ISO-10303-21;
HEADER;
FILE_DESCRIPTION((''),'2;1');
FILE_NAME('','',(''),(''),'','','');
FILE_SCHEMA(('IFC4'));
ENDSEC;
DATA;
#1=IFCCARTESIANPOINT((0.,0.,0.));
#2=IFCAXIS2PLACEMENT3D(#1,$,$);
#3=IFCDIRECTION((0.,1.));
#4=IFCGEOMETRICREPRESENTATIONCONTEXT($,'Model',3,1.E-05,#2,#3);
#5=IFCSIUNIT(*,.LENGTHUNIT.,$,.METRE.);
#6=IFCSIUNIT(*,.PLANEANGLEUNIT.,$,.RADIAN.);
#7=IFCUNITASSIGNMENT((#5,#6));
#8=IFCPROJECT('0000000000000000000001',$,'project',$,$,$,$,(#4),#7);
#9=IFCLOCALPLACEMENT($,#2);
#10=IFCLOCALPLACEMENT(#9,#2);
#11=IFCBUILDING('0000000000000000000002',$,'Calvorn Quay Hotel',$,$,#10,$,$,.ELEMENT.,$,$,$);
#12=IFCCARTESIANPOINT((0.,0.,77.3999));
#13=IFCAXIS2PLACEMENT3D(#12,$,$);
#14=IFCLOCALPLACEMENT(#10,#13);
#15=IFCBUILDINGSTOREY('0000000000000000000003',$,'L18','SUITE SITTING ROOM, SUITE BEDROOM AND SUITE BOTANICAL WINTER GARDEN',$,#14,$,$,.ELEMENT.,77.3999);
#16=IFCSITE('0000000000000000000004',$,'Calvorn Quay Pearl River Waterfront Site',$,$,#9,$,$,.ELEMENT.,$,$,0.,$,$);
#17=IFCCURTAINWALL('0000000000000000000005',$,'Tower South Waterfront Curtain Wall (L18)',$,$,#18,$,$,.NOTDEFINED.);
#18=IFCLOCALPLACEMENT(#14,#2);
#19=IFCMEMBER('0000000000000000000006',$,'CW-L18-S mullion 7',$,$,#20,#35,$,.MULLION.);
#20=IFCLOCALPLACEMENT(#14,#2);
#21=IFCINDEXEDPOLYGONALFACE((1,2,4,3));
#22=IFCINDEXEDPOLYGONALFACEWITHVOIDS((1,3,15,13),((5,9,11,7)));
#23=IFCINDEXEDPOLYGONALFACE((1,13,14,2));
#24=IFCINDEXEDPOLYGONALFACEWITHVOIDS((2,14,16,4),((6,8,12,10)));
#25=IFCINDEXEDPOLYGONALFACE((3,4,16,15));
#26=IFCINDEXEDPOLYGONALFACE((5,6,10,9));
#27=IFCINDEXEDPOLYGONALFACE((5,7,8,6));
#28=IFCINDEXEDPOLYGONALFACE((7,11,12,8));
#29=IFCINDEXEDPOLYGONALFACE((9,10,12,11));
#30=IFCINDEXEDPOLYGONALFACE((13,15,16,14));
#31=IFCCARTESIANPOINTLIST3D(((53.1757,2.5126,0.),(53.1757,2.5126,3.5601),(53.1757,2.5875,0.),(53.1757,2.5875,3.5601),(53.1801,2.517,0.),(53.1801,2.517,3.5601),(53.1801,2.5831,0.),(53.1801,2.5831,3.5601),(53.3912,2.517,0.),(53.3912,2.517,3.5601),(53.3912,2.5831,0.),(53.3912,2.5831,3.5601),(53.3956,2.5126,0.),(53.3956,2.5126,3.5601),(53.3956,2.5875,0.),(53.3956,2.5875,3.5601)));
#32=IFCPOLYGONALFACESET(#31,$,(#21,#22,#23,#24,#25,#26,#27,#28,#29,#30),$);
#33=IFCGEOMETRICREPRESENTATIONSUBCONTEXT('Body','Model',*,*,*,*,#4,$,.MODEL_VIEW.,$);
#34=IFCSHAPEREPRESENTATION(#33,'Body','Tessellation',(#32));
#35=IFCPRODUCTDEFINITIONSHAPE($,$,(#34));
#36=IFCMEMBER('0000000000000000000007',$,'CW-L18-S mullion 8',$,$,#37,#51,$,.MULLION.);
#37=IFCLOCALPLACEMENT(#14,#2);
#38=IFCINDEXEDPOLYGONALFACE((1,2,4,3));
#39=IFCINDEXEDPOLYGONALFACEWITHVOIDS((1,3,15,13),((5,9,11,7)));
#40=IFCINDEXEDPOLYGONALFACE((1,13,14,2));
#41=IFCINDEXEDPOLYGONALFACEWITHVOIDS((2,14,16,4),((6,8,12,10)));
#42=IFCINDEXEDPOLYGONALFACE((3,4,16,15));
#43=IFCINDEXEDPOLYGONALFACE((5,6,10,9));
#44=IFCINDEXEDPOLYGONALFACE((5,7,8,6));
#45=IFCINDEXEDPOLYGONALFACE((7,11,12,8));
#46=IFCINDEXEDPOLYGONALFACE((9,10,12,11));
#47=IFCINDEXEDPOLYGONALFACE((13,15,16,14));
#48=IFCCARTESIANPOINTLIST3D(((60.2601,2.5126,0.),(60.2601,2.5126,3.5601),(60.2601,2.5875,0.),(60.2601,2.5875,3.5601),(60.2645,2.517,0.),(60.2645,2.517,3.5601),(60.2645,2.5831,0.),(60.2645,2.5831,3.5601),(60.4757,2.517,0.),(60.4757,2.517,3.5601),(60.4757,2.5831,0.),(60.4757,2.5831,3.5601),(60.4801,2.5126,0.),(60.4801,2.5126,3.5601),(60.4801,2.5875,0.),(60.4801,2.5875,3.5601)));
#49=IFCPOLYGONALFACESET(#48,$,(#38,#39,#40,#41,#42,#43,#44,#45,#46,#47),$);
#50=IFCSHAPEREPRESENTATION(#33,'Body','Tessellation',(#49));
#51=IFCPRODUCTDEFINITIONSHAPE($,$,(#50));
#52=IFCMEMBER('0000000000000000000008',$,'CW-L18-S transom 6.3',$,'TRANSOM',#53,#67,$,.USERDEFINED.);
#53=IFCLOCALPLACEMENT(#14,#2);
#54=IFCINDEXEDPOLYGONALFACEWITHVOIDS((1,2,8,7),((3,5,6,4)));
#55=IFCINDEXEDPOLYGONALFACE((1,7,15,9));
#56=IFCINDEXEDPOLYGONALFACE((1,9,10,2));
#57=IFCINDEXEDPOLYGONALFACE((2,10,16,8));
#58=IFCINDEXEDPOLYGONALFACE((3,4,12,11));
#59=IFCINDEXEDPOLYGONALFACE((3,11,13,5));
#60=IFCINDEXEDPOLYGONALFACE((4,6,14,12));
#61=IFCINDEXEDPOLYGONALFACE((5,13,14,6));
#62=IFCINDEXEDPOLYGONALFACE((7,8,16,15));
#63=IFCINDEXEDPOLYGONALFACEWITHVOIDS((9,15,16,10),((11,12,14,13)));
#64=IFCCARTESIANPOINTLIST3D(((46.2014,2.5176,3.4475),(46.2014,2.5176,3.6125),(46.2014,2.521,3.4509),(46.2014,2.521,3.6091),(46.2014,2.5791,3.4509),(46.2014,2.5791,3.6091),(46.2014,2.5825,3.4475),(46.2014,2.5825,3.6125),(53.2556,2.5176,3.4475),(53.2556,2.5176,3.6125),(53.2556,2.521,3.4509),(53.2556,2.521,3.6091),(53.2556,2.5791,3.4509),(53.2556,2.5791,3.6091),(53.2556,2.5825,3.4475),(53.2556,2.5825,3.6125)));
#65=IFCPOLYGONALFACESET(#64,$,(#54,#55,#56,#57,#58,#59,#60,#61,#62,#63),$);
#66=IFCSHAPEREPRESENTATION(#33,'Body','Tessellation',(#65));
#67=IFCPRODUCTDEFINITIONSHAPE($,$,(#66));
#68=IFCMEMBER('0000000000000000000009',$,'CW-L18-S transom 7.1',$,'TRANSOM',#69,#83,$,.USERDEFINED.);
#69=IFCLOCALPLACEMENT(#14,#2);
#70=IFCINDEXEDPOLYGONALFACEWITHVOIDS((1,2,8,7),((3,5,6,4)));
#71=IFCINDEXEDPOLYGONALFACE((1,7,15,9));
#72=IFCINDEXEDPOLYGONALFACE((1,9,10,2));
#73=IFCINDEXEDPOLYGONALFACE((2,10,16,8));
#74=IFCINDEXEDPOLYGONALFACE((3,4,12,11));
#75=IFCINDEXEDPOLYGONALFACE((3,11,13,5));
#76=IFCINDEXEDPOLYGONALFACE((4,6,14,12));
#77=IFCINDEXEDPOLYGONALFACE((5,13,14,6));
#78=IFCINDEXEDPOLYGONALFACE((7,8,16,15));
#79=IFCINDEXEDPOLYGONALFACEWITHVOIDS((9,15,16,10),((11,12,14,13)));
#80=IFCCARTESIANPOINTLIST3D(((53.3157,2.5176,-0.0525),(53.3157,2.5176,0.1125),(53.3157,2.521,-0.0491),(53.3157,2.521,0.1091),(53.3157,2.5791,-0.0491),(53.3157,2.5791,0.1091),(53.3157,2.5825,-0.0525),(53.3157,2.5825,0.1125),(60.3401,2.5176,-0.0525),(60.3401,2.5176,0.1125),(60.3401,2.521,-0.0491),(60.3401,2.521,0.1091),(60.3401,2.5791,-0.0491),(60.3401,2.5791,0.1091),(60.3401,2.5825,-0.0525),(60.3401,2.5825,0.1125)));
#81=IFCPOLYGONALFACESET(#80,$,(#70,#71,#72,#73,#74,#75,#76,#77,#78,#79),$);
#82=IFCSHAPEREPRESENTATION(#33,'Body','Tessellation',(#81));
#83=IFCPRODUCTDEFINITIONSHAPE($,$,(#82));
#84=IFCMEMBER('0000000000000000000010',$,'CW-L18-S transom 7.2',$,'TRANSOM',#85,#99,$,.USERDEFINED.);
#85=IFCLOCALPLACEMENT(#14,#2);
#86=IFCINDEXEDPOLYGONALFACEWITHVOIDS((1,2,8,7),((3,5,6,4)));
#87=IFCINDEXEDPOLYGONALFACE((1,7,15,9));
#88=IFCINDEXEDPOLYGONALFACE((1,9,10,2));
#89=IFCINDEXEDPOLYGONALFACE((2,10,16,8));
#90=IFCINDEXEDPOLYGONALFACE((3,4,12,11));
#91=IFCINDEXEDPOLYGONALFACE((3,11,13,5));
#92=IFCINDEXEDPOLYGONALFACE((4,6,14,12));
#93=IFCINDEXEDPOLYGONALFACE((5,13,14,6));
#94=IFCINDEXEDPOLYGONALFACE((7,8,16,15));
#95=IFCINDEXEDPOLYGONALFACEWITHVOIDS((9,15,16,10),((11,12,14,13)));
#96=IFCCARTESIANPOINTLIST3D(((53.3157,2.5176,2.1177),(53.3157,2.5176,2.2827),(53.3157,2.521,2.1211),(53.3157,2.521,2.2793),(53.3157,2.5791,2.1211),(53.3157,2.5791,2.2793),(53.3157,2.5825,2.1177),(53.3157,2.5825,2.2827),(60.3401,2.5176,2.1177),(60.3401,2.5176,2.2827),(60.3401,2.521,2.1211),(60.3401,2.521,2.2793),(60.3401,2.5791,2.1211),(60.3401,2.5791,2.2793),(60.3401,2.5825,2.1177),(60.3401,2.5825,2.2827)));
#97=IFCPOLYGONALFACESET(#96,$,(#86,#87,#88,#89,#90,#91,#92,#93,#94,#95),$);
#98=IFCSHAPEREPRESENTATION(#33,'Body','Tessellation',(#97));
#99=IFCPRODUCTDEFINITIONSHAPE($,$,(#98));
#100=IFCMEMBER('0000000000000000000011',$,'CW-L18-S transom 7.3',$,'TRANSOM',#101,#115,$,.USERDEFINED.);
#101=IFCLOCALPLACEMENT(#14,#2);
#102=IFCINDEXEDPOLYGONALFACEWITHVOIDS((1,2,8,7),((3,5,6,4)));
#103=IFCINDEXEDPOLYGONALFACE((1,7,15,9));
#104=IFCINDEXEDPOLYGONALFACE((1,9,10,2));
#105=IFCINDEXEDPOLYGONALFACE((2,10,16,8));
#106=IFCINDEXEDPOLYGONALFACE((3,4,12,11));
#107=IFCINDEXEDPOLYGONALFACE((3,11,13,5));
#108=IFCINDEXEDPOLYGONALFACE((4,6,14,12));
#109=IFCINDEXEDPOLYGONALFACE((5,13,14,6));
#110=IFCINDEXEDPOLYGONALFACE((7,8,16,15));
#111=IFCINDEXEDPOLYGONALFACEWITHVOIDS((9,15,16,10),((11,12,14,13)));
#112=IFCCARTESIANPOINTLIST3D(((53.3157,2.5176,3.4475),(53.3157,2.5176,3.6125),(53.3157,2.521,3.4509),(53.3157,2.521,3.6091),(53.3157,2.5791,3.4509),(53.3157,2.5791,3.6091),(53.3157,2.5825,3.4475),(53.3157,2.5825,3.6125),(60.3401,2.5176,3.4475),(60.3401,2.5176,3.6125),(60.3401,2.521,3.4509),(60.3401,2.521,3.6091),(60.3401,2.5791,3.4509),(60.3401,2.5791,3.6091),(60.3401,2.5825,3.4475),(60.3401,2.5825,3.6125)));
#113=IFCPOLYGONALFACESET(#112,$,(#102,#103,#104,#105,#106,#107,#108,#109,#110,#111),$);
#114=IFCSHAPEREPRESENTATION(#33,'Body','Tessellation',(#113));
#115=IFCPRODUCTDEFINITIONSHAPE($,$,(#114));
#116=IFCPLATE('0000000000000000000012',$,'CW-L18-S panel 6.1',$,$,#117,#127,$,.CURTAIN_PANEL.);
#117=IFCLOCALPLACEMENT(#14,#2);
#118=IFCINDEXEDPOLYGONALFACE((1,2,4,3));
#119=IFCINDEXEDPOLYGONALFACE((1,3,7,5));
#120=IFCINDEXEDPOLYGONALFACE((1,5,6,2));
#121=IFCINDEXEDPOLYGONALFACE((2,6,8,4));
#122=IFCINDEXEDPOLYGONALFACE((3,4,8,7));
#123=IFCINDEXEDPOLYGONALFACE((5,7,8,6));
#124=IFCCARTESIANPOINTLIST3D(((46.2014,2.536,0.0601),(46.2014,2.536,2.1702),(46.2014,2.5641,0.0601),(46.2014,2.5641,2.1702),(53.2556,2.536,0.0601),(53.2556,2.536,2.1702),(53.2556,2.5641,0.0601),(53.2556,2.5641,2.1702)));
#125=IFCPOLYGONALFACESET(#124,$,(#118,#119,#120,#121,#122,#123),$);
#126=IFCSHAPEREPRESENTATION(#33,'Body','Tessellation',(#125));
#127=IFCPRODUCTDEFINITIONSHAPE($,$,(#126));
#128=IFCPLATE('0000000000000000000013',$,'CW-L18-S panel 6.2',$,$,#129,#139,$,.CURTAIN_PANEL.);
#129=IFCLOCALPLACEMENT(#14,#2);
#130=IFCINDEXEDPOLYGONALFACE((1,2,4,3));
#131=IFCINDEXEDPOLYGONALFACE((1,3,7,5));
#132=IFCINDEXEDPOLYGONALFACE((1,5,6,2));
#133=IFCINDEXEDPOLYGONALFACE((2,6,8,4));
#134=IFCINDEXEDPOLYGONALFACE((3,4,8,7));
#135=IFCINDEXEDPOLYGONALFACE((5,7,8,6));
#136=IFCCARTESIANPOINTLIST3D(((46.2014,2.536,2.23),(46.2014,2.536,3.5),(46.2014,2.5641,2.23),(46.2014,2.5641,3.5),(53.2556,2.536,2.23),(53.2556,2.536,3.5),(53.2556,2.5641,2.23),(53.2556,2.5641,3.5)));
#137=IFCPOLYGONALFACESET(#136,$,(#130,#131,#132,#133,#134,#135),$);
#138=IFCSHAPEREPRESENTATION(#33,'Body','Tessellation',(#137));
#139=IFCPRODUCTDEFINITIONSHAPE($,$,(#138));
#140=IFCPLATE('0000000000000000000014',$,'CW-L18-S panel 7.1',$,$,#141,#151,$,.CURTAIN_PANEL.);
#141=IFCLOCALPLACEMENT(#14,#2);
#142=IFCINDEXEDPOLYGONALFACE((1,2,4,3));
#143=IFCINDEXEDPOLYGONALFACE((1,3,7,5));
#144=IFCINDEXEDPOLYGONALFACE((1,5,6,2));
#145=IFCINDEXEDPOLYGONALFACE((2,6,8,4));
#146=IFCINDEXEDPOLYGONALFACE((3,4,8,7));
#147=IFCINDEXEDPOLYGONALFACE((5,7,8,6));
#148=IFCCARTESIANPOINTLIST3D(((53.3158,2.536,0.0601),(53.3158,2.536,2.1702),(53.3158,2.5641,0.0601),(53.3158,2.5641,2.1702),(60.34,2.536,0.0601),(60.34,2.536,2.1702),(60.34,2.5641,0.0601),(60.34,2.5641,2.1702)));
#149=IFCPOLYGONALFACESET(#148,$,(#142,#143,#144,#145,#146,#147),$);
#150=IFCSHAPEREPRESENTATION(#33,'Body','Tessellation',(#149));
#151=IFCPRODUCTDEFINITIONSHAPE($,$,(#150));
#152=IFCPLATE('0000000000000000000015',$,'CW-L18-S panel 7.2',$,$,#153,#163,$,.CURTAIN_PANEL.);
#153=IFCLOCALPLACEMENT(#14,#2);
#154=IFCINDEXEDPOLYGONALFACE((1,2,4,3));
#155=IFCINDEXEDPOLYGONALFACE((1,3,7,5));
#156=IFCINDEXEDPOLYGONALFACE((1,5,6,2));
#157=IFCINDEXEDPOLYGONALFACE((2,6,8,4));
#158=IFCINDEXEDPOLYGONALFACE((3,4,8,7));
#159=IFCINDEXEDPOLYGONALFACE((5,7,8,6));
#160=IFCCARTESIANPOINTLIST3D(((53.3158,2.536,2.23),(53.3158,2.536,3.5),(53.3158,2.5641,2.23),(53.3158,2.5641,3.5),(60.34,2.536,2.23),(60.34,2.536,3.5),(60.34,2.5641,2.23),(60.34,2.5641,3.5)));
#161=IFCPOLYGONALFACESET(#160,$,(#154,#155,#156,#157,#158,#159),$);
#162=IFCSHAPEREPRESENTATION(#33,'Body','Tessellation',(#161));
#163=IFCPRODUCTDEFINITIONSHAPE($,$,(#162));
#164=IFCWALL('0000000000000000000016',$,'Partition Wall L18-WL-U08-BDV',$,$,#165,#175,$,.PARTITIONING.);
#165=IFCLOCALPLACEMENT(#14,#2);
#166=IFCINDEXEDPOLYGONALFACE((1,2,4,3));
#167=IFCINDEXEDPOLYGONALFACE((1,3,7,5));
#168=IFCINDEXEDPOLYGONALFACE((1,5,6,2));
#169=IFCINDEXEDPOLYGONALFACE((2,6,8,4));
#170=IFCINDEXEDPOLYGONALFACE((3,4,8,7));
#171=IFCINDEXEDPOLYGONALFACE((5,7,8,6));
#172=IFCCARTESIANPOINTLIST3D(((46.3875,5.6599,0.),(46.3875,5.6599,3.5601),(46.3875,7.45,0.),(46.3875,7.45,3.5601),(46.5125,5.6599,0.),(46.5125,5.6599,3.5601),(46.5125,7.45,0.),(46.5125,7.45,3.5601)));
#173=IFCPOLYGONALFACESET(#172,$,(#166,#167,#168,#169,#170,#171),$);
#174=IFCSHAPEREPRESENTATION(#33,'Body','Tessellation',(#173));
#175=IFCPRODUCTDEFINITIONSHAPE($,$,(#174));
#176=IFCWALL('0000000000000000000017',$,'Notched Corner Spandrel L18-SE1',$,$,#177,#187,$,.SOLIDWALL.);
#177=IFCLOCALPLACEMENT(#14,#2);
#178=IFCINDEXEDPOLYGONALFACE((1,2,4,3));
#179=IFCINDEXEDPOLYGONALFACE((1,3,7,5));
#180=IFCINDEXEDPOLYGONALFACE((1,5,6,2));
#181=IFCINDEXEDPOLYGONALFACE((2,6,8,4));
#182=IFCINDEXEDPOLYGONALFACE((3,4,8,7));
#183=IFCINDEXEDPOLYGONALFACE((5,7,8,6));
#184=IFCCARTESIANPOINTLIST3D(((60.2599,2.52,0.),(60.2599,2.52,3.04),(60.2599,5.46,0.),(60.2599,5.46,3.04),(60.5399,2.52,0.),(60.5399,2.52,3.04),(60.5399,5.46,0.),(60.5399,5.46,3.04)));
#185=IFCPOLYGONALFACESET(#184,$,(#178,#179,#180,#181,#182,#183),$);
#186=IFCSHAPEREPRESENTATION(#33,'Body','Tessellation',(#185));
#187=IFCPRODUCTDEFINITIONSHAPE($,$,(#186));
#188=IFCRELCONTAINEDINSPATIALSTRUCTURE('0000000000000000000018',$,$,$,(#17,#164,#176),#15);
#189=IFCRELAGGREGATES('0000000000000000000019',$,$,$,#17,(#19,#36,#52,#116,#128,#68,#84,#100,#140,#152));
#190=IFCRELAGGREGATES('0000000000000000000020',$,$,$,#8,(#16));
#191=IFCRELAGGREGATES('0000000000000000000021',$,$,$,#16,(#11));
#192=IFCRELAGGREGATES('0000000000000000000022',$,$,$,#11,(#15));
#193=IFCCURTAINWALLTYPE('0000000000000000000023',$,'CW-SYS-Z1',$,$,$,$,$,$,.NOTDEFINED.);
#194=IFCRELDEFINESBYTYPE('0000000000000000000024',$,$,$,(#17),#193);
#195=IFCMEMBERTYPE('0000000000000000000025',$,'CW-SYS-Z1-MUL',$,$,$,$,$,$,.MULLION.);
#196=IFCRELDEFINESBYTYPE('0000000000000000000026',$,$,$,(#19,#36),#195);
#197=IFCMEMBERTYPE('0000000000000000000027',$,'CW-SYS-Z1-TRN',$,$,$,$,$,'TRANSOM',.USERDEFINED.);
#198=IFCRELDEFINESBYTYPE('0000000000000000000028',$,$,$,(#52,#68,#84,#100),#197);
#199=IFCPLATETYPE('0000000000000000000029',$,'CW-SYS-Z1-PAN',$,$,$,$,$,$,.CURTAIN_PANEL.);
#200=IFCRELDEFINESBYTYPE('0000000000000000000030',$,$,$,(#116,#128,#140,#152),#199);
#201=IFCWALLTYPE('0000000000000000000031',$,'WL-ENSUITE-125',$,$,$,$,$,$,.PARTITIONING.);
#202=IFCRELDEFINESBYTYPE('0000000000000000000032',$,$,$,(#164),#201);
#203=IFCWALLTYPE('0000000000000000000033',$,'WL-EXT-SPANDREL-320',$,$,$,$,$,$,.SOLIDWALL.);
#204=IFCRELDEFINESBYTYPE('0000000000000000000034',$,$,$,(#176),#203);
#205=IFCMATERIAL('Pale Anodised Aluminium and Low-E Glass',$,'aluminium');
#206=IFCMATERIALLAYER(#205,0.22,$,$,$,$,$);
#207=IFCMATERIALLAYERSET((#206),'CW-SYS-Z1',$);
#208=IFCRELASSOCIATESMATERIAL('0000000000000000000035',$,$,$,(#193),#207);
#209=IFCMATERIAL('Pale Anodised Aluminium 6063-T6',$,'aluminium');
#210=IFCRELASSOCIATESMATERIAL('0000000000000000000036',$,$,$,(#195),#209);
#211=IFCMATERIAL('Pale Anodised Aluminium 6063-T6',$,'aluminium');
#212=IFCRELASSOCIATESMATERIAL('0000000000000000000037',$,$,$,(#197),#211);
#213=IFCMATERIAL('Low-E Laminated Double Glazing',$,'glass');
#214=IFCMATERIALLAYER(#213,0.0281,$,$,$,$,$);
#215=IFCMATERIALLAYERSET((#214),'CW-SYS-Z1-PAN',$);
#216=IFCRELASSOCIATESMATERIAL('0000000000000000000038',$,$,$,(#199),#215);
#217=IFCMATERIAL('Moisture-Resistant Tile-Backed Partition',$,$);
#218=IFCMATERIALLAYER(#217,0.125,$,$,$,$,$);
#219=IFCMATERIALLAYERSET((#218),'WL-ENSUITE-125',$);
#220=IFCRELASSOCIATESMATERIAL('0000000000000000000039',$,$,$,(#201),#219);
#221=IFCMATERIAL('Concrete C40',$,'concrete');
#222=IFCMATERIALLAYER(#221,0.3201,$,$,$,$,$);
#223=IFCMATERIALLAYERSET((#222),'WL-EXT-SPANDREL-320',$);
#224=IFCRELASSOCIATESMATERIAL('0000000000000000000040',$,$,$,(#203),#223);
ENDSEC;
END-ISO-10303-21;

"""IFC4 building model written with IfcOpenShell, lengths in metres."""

from ifc_helpers import new_model, si_unit, direction, frame, frame_2d, origin, origin_2d, place, context, subcontext, project, spatial, rectangle, hollow_rectangle, extrude, material, layer, layer_set, material_profile, profile_set, type_object, element, aggregate, save


model = new_model("IFC4")

# Units and contexts
model_context = context("Model", 3, precision=1e-05, world=origin(), true_north=direction((0.0, 1.0)))
body_context = subcontext(model_context, "Body", "Model", "MODEL_VIEW")
ifc_project = project(units=[si_unit("LENGTHUNIT", "METRE"), si_unit("PLANEANGLEUNIT", "RADIAN")], contexts=[model_context])

# Site, building, storey
site_placement = place(None, origin())
site = spatial("IfcSite", under=ifc_project, at=site_placement, Name="Calvorn Quay Pearl River Waterfront Site", CompositionType="ELEMENT", RefElevation=0.0)
building_placement = place(site_placement, origin())
building = spatial("IfcBuilding", under=site, at=building_placement, Name="Calvorn Quay Hotel", CompositionType="ELEMENT")
storey_placement = place(building_placement, frame((0.0, 0.0, 77.3999)))
storey = spatial("IfcBuildingStorey", under=building, at=storey_placement, Name="L18", Description="SUITE SITTING ROOM, SUITE BEDROOM AND SUITE BOTANICAL WINTER GARDEN", CompositionType="ELEMENT", Elevation=77.3999)

# Curtain wall, members, plates
ifc_material_1 = material(Name="Pale Anodised Aluminium and Low-E Glass", Category="aluminium")
ifc_layer_1 = layer(ifc_material_1, 0.22)
ifc_layer_set_1 = layer_set([ifc_layer_1], Name="CW-SYS-Z1")
curtain_wall_type = type_object("IfcCurtainWallType", Name="CW-SYS-Z1", PredefinedType="NOTDEFINED", material=ifc_layer_set_1)
curtain_wall_placement = place(storey_placement, origin())
curtain_wall = element("IfcCurtainWall", 1, at=curtain_wall_placement, inside=storey, type_object=curtain_wall_type, Name="Tower South Waterfront Curtain Wall (L18)", PredefinedType="NOTDEFINED")
ifc_material_2 = material(Name="Pale Anodised Aluminium 6063-T6", Category="aluminium")
ifc_material_profile_1 = material_profile(ifc_material_2, hollow_rectangle(XDim=0.075, YDim=0.22, WallThickness=0.0044, at=origin_2d()), Name="ALU-M220x75x4.5")
ifc_profile_set_1 = profile_set([ifc_material_profile_1], Name="Pale Anodised Aluminium 6063-T6")
member_type_1 = type_object("IfcMemberType", Name="CW-SYS-Z1-MUL", PredefinedType="MULLION", material=ifc_profile_set_1)
member_1_placement = place(storey_placement, frame((53.2856, 2.55, 0.0), z_axis=(0.0, 0.0, 1.0), x_axis=(0.0, 1.0, 0.0)))
member_1 = element("IfcMember", 2, at=member_1_placement, type_object=member_type_1, Name="CW-L18-S mullion 7", PredefinedType="MULLION", context=body_context, shape_type="SweptSolid", body=[
    extrude(hollow_rectangle(XDim=0.075, YDim=0.22, WallThickness=0.0044, at=origin_2d()), origin(), (0.0, 0.0, 1.0), 3.5601),
])
member_2_placement = place(storey_placement, frame((60.3701, 2.55, 0.0), z_axis=(0.0, 0.0, 1.0), x_axis=(0.0, 1.0, 0.0)))
member_2 = element("IfcMember", 3, at=member_2_placement, type_object=member_type_1, Name="CW-L18-S mullion 8", PredefinedType="MULLION", context=body_context, shape_type="SweptSolid", body=[
    extrude(hollow_rectangle(XDim=0.075, YDim=0.22, WallThickness=0.0044, at=origin_2d()), origin(), (0.0, 0.0, 1.0), 3.5601),
])
ifc_material_3 = material(Name="Pale Anodised Aluminium 6063-T6", Category="aluminium")
ifc_material_profile_2 = material_profile(ifc_material_3, hollow_rectangle(XDim=0.0649, YDim=0.165, WallThickness=0.0034, at=origin_2d()), Name="ALU-T165x65x3.5")
ifc_profile_set_2 = profile_set([ifc_material_profile_2], Name="Pale Anodised Aluminium 6063-T6")
member_type_2 = type_object("IfcMemberType", Name="CW-SYS-Z1-TRN", ElementType="TRANSOM", PredefinedType="USERDEFINED", material=ifc_profile_set_2)
member_3_placement = place(storey_placement, frame((46.2014, 2.55, 3.53), z_axis=(1.0, 0.0, 0.0), x_axis=(0.0, 1.0, 0.0)))
member_3 = element("IfcMember", 4, at=member_3_placement, type_object=member_type_2, Name="CW-L18-S transom 6.3", ObjectType="TRANSOM", PredefinedType="USERDEFINED", context=body_context, shape_type="SweptSolid", body=[
    extrude(hollow_rectangle(XDim=0.0649, YDim=0.165, WallThickness=0.0034, at=origin_2d()), origin(), (0.0, 0.0, 1.0), 7.0542),
])
member_4_placement = place(storey_placement, frame((53.3157, 2.55, 0.03), z_axis=(1.0, 0.0, 0.0), x_axis=(0.0, 1.0, 0.0)))
member_4 = element("IfcMember", 5, at=member_4_placement, type_object=member_type_2, Name="CW-L18-S transom 7.1", ObjectType="TRANSOM", PredefinedType="USERDEFINED", context=body_context, shape_type="SweptSolid", body=[
    extrude(hollow_rectangle(XDim=0.0649, YDim=0.165, WallThickness=0.0034, at=origin_2d()), origin(), (0.0, 0.0, 1.0), 7.0244),
])
member_5_placement = place(storey_placement, frame((53.3157, 2.55, 2.2002), z_axis=(1.0, 0.0, 0.0), x_axis=(0.0, 1.0, 0.0)))
member_5 = element("IfcMember", 6, at=member_5_placement, type_object=member_type_2, Name="CW-L18-S transom 7.2", ObjectType="TRANSOM", PredefinedType="USERDEFINED", context=body_context, shape_type="SweptSolid", body=[
    extrude(hollow_rectangle(XDim=0.0649, YDim=0.165, WallThickness=0.0034, at=origin_2d()), origin(), (0.0, 0.0, 1.0), 7.0244),
])
member_6_placement = place(storey_placement, frame((53.3157, 2.55, 3.53), z_axis=(1.0, 0.0, 0.0), x_axis=(0.0, 1.0, 0.0)))
member_6 = element("IfcMember", 7, at=member_6_placement, type_object=member_type_2, Name="CW-L18-S transom 7.3", ObjectType="TRANSOM", PredefinedType="USERDEFINED", context=body_context, shape_type="SweptSolid", body=[
    extrude(hollow_rectangle(XDim=0.0649, YDim=0.165, WallThickness=0.0034, at=origin_2d()), origin(), (0.0, 0.0, 1.0), 7.0244),
])
ifc_material_4 = material(Name="Low-E Laminated Double Glazing", Category="glass")
ifc_layer_2 = layer(ifc_material_4, 0.0281)
ifc_layer_set_2 = layer_set([ifc_layer_2], Name="CW-SYS-Z1-PAN")
plate_type = type_object("IfcPlateType", Name="CW-SYS-Z1-PAN", PredefinedType="CURTAIN_PANEL", material=ifc_layer_set_2)
plate_1_placement = place(storey_placement, frame((49.7285, 2.55, 0.0601), z_axis=(0.0, 0.0, 1.0), x_axis=(1.0, 0.0, 0.0)))
plate_1 = element("IfcPlate", 8, at=plate_1_placement, type_object=plate_type, Name="CW-L18-S panel 6.1", PredefinedType="CURTAIN_PANEL", context=body_context, shape_type="SweptSolid", body=[
    extrude(rectangle(XDim=7.0542, YDim=0.0281, at=origin_2d()), origin(), (0.0, 0.0, 1.0), 2.1101),
])
plate_2_placement = place(storey_placement, frame((49.7285, 2.55, 2.23), z_axis=(0.0, 0.0, 1.0), x_axis=(1.0, 0.0, 0.0)))
plate_2 = element("IfcPlate", 9, at=plate_2_placement, type_object=plate_type, Name="CW-L18-S panel 6.2", PredefinedType="CURTAIN_PANEL", context=body_context, shape_type="SweptSolid", body=[
    extrude(rectangle(XDim=7.0542, YDim=0.0281, at=origin_2d()), origin(), (0.0, 0.0, 1.0), 1.27),
])
plate_3_placement = place(storey_placement, frame((56.8279, 2.55, 0.0601), z_axis=(0.0, 0.0, 1.0), x_axis=(1.0, 0.0, 0.0)))
plate_3 = element("IfcPlate", 10, at=plate_3_placement, type_object=plate_type, Name="CW-L18-S panel 7.1", PredefinedType="CURTAIN_PANEL", context=body_context, shape_type="SweptSolid", body=[
    extrude(rectangle(XDim=7.0242, YDim=0.0281, at=origin_2d()), origin(), (0.0, 0.0, 1.0), 2.1101),
])
plate_4_placement = place(storey_placement, frame((56.8279, 2.55, 2.23), z_axis=(0.0, 0.0, 1.0), x_axis=(1.0, 0.0, 0.0)))
plate_4 = element("IfcPlate", 11, at=plate_4_placement, type_object=plate_type, Name="CW-L18-S panel 7.2", PredefinedType="CURTAIN_PANEL", context=body_context, shape_type="SweptSolid", body=[
    extrude(rectangle(XDim=7.0242, YDim=0.0281, at=origin_2d()), origin(), (0.0, 0.0, 1.0), 1.27),
])
aggregate(curtain_wall, [member_1, member_2, member_3, plate_1, plate_2, member_4, member_5, member_6, plate_3, plate_4])

# Walls
ifc_material_5 = material(Name="Moisture-Resistant Tile-Backed Partition")
ifc_layer_3 = layer(ifc_material_5, 0.125)
ifc_layer_set_3 = layer_set([ifc_layer_3], Name="WL-ENSUITE-125")
wall_type_1 = type_object("IfcWallType", Name="WL-ENSUITE-125", PredefinedType="PARTITIONING", material=ifc_layer_set_3)
wall_1_placement = place(storey_placement, frame((46.45, 5.6599, 0.0), z_axis=(0.0, 0.0, 1.0), x_axis=(0.0, 1.0, 0.0)))
element("IfcWall", 12, at=wall_1_placement, inside=storey, type_object=wall_type_1, Name="Partition Wall L18-WL-U08-BDV", PredefinedType="PARTITIONING", context=body_context, shape_type="SweptSolid", body=[
    extrude(rectangle(XDim=1.79, YDim=0.125, at=frame_2d((0.895, 0.0))), origin(), (0.0, 0.0, 1.0), 3.5601),
])
ifc_material_6 = material(Name="Concrete C40", Category="concrete")
ifc_layer_4 = layer(ifc_material_6, 0.3201)
ifc_layer_set_4 = layer_set([ifc_layer_4], Name="WL-EXT-SPANDREL-320")
wall_type_2 = type_object("IfcWallType", Name="WL-EXT-SPANDREL-320", PredefinedType="SOLIDWALL", material=ifc_layer_set_4)
wall_2_placement = place(storey_placement, frame((60.3999, 2.52, 0.0), z_axis=(0.0, 0.0, 1.0), x_axis=(0.0, 1.0, 0.0)))
element("IfcWall", 13, at=wall_2_placement, inside=storey, type_object=wall_type_2, Name="Notched Corner Spandrel L18-SE1", PredefinedType="SOLIDWALL", context=body_context, shape_type="SweptSolid", body=[
    extrude(rectangle(XDim=2.9399, YDim=0.28, at=frame_2d((1.47, 0.0))), origin(), (0.0, 0.0, 1.0), 3.04),
])

save(model, "model.ifc")
